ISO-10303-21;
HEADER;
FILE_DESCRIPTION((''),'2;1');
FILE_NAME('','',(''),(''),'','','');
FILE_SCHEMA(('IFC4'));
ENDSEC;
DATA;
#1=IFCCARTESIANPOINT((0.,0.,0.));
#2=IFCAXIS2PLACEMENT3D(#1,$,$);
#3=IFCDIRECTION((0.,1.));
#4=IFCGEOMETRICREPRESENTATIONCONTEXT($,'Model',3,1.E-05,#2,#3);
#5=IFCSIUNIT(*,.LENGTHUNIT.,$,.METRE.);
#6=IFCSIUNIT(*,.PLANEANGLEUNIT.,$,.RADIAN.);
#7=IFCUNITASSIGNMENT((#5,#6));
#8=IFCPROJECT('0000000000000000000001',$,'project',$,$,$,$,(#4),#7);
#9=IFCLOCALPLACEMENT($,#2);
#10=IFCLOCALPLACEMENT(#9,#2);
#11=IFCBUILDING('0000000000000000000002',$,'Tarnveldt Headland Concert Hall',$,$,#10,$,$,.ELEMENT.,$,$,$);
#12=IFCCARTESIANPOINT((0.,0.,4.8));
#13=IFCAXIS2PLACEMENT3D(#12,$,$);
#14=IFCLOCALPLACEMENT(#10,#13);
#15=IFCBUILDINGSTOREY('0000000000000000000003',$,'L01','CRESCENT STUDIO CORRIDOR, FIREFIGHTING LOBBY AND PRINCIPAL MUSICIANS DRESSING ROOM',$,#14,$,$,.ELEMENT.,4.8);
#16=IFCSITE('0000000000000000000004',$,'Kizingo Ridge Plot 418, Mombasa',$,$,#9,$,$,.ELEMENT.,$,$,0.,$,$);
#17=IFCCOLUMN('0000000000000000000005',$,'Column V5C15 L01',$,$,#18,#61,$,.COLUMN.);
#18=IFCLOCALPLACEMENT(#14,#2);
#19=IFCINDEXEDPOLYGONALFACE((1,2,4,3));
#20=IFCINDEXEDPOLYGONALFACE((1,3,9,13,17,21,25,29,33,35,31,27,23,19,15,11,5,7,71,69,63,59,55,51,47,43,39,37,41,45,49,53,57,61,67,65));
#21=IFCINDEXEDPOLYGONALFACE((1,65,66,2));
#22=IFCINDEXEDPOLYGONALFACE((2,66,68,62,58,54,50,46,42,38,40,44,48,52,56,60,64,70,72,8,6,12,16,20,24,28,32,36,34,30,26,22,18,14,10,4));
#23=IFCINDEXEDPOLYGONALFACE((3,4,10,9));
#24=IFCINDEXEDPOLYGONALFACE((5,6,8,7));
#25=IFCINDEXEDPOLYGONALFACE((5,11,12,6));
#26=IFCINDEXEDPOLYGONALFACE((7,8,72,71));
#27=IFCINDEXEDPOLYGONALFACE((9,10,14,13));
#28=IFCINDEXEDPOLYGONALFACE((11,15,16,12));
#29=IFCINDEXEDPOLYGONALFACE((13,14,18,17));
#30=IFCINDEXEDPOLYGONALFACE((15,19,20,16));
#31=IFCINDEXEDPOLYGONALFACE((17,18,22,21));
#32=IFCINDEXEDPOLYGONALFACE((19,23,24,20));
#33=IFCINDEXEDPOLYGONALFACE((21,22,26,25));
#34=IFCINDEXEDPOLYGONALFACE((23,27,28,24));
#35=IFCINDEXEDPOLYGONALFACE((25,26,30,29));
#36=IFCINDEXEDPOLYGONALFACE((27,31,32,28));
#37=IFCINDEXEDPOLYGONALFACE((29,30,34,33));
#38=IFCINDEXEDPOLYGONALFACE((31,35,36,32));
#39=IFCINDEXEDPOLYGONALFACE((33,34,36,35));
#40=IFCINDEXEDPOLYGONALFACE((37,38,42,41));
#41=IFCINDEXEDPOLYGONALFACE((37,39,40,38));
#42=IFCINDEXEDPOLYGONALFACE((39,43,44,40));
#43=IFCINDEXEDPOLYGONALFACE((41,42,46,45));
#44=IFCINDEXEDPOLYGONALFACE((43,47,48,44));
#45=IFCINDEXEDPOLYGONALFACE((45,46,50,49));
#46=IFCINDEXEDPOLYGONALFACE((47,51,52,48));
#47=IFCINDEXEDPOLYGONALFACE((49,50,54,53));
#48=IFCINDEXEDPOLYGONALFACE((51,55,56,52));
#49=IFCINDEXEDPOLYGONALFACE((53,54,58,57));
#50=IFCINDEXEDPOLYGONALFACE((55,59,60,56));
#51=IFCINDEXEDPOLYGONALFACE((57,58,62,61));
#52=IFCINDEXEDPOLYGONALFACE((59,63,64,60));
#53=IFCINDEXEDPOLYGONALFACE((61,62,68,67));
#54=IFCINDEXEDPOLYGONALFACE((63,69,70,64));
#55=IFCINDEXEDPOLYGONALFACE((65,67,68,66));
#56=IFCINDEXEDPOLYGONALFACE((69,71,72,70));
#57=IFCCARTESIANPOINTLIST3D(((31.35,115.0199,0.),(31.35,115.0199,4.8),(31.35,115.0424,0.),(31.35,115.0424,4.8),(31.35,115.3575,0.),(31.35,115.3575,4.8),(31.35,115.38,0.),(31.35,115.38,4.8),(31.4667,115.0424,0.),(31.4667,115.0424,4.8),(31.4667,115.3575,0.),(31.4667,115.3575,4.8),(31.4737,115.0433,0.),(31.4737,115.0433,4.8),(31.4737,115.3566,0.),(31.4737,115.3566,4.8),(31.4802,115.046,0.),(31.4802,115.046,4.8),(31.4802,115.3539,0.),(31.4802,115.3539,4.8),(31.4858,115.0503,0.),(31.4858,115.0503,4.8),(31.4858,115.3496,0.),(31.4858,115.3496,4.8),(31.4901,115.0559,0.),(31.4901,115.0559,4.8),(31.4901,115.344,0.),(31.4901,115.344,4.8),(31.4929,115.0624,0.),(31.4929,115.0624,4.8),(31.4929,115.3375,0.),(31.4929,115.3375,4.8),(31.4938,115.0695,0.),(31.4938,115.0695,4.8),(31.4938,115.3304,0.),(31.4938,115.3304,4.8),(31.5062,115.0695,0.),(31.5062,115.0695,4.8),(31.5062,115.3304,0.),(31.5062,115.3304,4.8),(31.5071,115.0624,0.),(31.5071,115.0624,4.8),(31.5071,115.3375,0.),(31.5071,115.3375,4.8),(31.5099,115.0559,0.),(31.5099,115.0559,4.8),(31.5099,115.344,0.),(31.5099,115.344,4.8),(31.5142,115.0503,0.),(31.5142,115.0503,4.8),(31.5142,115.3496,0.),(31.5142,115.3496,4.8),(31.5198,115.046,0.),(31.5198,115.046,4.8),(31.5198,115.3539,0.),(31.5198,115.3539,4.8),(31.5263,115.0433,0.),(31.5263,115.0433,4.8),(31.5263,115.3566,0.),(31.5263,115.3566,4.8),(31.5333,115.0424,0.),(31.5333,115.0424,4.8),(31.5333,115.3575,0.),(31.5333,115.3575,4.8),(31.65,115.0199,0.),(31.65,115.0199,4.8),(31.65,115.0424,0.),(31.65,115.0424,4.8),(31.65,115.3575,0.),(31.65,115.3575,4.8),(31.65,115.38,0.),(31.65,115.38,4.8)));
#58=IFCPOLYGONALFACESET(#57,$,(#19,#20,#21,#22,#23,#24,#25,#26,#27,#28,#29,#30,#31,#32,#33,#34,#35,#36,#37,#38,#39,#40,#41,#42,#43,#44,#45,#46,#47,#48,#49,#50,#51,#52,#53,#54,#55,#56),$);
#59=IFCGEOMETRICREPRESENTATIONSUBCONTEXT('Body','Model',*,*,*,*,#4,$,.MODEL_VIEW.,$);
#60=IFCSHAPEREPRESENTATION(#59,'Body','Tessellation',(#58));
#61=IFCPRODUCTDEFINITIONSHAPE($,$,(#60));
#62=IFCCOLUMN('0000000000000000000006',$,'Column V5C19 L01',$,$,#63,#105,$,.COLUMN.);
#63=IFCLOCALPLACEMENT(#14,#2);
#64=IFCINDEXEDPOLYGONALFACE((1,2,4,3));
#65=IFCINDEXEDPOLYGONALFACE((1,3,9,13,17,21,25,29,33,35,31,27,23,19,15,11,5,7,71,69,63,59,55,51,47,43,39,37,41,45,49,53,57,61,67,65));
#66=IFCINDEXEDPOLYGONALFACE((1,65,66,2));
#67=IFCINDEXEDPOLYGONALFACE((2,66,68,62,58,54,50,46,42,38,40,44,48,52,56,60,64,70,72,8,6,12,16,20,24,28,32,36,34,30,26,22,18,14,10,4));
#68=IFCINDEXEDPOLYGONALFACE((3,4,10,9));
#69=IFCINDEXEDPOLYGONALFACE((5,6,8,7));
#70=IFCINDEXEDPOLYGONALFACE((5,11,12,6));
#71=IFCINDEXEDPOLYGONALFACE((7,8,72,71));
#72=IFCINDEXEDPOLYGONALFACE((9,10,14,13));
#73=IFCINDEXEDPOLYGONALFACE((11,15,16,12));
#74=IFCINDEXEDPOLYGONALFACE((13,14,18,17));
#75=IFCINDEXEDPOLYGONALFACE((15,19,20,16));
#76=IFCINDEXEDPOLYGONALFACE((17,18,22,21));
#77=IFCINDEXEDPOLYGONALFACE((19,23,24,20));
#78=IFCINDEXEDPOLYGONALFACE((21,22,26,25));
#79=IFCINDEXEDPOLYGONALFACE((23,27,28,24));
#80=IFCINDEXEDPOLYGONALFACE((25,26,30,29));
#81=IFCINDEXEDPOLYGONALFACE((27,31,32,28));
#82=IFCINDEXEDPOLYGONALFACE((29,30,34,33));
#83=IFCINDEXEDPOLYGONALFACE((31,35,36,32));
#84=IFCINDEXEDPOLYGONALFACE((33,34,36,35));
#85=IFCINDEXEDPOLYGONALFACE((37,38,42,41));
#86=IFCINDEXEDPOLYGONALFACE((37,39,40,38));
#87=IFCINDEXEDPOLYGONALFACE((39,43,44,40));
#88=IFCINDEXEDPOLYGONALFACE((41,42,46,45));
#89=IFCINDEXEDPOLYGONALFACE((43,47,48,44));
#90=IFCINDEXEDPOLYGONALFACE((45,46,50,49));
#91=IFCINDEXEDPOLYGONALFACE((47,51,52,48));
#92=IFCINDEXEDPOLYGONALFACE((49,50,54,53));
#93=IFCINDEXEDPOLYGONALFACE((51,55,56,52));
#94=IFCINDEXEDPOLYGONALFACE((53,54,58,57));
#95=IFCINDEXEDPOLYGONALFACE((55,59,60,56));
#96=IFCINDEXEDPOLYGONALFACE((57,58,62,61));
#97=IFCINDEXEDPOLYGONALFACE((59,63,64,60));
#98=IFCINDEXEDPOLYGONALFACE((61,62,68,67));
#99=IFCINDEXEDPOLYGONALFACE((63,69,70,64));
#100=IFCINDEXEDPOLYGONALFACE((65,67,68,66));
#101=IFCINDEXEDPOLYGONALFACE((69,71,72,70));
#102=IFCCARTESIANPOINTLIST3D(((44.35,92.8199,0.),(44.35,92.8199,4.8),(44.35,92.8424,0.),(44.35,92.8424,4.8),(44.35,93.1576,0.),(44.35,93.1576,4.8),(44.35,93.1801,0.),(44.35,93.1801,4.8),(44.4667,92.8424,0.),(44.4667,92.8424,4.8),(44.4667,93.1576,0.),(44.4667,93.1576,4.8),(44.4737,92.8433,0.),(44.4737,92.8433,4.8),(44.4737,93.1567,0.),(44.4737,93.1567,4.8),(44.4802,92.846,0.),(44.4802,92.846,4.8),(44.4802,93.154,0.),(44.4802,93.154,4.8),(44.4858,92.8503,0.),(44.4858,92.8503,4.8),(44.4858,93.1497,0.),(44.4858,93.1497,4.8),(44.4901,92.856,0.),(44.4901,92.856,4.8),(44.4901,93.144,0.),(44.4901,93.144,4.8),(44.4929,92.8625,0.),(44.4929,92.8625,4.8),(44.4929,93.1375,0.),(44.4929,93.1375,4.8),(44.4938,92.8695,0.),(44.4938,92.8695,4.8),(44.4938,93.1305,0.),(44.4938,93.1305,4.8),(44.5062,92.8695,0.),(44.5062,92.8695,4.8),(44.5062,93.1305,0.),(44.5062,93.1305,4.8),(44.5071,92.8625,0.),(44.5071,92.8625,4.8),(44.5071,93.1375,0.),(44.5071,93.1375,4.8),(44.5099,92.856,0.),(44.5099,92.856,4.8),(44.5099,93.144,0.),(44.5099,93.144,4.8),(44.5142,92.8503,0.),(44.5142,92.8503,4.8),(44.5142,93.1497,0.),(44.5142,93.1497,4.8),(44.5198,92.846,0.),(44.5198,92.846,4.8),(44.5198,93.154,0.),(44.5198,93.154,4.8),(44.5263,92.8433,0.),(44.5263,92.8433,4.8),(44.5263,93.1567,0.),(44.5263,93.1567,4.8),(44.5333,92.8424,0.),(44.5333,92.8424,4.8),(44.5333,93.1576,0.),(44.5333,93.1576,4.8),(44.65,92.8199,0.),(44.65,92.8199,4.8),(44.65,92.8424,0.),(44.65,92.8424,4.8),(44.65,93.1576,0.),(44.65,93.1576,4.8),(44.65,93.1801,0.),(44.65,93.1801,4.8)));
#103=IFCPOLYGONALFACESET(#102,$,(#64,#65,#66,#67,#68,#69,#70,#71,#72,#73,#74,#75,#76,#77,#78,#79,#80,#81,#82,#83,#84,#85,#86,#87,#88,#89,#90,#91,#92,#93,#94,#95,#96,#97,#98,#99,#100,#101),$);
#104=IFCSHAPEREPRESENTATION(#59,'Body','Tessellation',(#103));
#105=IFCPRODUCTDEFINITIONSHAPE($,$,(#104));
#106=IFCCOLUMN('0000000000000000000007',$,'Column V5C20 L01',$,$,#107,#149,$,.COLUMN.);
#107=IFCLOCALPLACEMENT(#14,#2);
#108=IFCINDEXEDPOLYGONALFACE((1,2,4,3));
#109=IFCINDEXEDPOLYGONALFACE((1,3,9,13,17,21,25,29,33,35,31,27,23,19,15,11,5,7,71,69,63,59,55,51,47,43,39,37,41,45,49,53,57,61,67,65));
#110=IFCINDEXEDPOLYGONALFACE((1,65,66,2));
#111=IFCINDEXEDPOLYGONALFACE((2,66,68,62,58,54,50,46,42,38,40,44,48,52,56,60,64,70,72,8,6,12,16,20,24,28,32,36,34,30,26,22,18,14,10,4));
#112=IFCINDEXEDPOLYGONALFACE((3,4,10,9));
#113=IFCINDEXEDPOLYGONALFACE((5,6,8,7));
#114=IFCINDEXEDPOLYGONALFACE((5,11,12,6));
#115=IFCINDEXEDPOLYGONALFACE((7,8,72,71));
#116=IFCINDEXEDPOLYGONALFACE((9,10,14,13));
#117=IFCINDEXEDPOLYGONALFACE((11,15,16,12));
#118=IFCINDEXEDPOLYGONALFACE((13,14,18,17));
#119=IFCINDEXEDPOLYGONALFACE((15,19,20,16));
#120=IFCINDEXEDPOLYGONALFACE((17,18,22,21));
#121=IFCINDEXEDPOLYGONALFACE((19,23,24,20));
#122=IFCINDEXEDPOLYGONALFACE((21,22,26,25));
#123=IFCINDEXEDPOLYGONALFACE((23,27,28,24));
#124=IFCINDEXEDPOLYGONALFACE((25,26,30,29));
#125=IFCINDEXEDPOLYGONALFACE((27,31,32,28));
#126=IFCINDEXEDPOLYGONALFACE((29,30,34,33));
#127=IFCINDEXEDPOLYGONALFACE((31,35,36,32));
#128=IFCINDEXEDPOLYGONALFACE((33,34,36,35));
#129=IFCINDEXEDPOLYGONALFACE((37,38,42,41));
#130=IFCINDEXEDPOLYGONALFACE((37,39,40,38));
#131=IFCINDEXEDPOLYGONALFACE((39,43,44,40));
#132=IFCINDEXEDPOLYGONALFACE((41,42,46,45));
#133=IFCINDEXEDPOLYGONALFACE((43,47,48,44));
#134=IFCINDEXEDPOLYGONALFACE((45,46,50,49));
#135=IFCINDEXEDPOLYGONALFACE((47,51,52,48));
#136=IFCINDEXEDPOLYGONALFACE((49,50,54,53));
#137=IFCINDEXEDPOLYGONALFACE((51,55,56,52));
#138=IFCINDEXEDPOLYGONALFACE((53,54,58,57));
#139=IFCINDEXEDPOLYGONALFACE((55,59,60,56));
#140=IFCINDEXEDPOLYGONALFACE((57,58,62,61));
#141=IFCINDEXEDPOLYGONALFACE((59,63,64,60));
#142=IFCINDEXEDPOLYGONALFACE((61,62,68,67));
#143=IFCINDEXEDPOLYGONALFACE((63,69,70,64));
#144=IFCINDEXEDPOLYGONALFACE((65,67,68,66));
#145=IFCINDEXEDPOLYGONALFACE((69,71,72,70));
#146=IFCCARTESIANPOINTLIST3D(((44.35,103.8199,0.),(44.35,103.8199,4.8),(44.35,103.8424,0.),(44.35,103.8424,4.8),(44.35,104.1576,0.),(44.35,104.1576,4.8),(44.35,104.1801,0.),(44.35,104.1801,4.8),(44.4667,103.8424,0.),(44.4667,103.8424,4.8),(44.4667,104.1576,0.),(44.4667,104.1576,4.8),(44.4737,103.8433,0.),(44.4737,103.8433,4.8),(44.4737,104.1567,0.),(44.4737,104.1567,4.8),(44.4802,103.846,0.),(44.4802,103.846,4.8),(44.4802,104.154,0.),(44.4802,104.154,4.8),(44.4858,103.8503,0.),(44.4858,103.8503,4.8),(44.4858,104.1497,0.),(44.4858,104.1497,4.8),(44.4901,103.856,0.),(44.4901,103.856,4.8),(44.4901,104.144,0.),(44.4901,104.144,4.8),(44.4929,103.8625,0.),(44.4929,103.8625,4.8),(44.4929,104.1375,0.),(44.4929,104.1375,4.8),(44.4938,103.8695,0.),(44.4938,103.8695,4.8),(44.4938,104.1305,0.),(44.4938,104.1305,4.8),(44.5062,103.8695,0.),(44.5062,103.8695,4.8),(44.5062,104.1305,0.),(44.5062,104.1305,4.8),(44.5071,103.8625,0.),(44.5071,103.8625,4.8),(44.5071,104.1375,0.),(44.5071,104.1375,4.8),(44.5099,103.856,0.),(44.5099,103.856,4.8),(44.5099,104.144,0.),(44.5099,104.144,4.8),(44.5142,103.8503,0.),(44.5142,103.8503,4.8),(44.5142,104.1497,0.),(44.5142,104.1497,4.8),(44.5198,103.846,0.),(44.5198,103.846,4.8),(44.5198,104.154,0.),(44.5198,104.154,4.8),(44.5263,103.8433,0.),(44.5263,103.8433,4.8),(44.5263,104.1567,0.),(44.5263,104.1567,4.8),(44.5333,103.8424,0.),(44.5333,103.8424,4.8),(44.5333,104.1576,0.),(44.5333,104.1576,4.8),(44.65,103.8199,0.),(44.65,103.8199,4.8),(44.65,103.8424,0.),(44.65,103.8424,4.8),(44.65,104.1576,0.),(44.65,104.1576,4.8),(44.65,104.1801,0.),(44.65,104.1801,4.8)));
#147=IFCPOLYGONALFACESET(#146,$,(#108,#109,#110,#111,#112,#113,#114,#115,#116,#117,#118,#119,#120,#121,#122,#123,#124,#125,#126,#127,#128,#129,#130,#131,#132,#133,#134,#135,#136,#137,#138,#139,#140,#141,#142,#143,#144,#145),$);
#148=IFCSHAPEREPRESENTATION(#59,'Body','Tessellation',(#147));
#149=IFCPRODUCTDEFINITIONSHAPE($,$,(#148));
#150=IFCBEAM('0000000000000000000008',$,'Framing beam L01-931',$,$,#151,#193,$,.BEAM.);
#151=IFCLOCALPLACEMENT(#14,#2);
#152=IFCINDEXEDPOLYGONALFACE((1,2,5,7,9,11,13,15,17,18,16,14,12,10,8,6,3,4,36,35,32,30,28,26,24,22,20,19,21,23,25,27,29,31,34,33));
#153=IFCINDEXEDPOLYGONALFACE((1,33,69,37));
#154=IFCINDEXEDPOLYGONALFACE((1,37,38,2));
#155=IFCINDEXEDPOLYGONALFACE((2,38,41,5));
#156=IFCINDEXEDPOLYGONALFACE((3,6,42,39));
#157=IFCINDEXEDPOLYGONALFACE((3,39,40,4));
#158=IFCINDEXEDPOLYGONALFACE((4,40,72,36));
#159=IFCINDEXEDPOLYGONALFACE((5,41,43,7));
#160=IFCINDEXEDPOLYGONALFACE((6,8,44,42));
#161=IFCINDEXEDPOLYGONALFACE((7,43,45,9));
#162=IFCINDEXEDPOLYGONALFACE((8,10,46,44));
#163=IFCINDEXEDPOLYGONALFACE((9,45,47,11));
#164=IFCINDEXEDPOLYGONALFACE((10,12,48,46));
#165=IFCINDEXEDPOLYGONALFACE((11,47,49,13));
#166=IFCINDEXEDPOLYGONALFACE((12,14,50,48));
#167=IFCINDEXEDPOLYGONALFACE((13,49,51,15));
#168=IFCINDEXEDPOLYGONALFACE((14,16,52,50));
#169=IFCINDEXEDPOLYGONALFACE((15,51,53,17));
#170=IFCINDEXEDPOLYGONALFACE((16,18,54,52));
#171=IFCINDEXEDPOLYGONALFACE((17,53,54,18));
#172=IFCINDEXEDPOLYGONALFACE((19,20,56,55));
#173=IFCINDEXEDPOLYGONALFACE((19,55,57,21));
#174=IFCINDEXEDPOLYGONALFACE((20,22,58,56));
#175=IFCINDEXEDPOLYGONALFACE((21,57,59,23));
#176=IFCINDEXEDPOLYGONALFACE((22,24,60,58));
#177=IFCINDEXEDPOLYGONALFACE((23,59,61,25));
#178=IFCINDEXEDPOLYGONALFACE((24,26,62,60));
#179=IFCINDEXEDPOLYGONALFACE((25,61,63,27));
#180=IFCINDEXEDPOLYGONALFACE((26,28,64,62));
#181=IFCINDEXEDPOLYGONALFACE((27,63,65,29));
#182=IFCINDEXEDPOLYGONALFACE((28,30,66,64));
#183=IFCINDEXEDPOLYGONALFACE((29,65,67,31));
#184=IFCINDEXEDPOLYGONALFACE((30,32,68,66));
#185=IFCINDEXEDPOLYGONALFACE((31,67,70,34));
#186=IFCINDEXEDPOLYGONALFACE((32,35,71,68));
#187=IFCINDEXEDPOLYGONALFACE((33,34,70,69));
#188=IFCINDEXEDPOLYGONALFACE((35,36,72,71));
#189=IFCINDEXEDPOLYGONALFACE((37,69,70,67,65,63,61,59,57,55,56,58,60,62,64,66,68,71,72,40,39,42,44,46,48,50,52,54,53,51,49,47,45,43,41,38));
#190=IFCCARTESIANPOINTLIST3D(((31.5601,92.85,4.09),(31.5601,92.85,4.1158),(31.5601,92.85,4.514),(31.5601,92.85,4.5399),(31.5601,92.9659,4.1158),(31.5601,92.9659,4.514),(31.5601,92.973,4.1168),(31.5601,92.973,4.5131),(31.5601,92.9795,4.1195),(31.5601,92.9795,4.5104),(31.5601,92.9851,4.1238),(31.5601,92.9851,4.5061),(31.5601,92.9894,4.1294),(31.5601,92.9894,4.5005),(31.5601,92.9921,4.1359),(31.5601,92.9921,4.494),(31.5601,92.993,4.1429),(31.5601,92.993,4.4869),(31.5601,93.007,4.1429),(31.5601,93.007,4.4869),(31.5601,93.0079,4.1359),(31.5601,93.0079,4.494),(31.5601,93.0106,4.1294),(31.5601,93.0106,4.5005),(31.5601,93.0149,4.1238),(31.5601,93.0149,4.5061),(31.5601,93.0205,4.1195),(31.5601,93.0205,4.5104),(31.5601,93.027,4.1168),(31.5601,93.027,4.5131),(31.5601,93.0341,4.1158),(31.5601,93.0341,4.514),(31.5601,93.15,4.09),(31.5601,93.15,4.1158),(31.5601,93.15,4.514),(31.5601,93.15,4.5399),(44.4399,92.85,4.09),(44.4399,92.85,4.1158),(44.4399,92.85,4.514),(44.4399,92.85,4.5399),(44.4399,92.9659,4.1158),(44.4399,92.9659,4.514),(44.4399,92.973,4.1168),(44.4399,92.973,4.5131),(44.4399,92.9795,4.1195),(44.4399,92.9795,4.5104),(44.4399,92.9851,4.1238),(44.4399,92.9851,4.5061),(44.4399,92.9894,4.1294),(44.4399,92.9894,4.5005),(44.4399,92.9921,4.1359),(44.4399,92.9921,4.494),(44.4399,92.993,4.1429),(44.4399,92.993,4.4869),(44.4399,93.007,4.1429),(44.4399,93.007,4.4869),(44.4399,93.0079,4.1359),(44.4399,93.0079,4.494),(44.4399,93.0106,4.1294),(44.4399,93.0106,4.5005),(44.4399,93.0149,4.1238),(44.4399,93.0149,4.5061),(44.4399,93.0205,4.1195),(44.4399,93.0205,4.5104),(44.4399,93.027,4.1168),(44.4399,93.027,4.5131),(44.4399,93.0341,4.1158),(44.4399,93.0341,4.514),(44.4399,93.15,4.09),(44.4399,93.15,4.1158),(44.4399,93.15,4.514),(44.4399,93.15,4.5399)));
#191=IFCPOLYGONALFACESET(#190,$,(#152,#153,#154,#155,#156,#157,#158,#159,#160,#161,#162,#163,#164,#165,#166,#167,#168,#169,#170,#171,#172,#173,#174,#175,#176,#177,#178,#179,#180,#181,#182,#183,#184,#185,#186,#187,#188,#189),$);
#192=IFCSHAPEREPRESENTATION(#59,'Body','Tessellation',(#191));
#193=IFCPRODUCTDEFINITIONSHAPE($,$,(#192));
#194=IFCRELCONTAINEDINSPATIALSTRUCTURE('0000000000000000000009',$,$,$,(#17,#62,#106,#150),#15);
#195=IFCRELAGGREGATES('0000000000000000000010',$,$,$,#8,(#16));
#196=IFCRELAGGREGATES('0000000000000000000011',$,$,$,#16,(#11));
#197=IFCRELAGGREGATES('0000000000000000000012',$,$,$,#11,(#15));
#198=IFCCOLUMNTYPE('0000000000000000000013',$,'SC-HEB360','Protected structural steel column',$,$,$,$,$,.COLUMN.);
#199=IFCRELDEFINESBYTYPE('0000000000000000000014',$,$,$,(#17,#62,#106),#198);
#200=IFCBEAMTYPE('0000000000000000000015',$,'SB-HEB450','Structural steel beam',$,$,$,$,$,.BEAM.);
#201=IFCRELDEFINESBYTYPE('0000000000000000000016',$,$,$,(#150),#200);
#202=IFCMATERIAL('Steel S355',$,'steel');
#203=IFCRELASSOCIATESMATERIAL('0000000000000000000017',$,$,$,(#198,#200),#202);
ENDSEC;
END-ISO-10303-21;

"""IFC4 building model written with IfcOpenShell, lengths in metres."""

from ifc_helpers import new_model, si_unit, direction, frame, origin, origin_2d, place, context, subcontext, project, spatial, i_section, extrude, material, material_profile, profile_set, type_object, element, save


model = new_model("IFC4")

# Units and contexts
model_context = context("Model", 3, precision=1e-05, world=origin(), true_north=direction((0.0, 1.0)))
body_context = subcontext(model_context, "Body", "Model", "MODEL_VIEW")
ifc_project = project(units=[si_unit("LENGTHUNIT", "METRE"), si_unit("PLANEANGLEUNIT", "RADIAN")], contexts=[model_context])

# Site, building, storey
site_placement = place(None, origin())
site = spatial("IfcSite", under=ifc_project, at=site_placement, Name="Kizingo Ridge Plot 418, Mombasa", CompositionType="ELEMENT", RefElevation=0.0)
building_placement = place(site_placement, origin())
building = spatial("IfcBuilding", under=site, at=building_placement, Name="Tarnveldt Headland Concert Hall", CompositionType="ELEMENT")
storey_placement = place(building_placement, frame((0.0, 0.0, 4.8)))
storey = spatial("IfcBuildingStorey", under=building, at=storey_placement, Name="L01", Description="CRESCENT STUDIO CORRIDOR, FIREFIGHTING LOBBY AND PRINCIPAL MUSICIANS DRESSING ROOM", CompositionType="ELEMENT", Elevation=4.8)

# Columns
ifc_material_1 = material(Name="Steel S355", Category="steel")
ifc_material_profile_1 = material_profile(ifc_material_1, i_section(OverallWidth=0.3, OverallDepth=0.3601, WebThickness=0.0125, FlangeThickness=0.0225, FilletRadius=0.0271, at=origin_2d()), Name="HEB360", Category="steel")
ifc_profile_set_1 = profile_set([ifc_material_profile_1], Name="Steel S355")
column_type = type_object("IfcColumnType", Name="SC-HEB360", Description="Protected structural steel column", PredefinedType="COLUMN", material=ifc_profile_set_1)
for number, where, z_axis, x_axis, name in (
    (1, (31.5, 115.2, 0.0), (0.0, 0.0, 1.0), (1.0, 0.0, 0.0), "Column V5C15 L01"),
    (2, (44.5, 93.0, 0.0), (0.0, 0.0, 1.0), (1.0, 0.0, 0.0), "Column V5C19 L01"),
    (3, (44.5, 104.0, 0.0), (0.0, 0.0, 1.0), (1.0, 0.0, 0.0), "Column V5C20 L01"),
):
    element("IfcColumn", number, at=place(storey_placement, frame(where, z_axis=z_axis, x_axis=x_axis)), inside=storey, type_object=column_type, Name=name, PredefinedType="COLUMN", context=body_context, shape_type="SweptSolid", body=[
        extrude(i_section(OverallWidth=0.3, OverallDepth=0.3601, WebThickness=0.0125, FlangeThickness=0.0225, FilletRadius=0.0271, at=origin_2d()), origin(), (0.0, 0.0, 1.0), 4.8),
    ])

# Beam
ifc_material_profile_2 = material_profile(ifc_material_1, i_section(OverallWidth=0.3, OverallDepth=0.45, WebThickness=0.0139, FlangeThickness=0.0259, FilletRadius=0.0271, at=origin_2d()), Name="HEB450", Category="steel")
ifc_profile_set_2 = profile_set([ifc_material_profile_2], Name="Steel S355")
beam_type_1 = type_object("IfcBeamType", Name="SB-HEB450", Description="Structural steel beam", PredefinedType="BEAM", material=ifc_profile_set_2)
for number, where, z_axis, x_axis, name in (
    (4, (31.5601, 93.0, 4.3149), (1.0, 0.0, 0.0), (0.0, 1.0, 0.0), "Framing beam L01-931"),
):
    element("IfcBeam", number, at=place(storey_placement, frame(where, z_axis=z_axis, x_axis=x_axis)), inside=storey, type_object=beam_type_1, Name=name, PredefinedType="BEAM", context=body_context, shape_type="SweptSolid", body=[
        extrude(i_section(OverallWidth=0.3, OverallDepth=0.45, WebThickness=0.0139, FlangeThickness=0.0259, FilletRadius=0.0271, at=origin_2d()), origin(), (0.0, 0.0, 1.0), 12.8799),
    ])

save(model, "model.ifc")
